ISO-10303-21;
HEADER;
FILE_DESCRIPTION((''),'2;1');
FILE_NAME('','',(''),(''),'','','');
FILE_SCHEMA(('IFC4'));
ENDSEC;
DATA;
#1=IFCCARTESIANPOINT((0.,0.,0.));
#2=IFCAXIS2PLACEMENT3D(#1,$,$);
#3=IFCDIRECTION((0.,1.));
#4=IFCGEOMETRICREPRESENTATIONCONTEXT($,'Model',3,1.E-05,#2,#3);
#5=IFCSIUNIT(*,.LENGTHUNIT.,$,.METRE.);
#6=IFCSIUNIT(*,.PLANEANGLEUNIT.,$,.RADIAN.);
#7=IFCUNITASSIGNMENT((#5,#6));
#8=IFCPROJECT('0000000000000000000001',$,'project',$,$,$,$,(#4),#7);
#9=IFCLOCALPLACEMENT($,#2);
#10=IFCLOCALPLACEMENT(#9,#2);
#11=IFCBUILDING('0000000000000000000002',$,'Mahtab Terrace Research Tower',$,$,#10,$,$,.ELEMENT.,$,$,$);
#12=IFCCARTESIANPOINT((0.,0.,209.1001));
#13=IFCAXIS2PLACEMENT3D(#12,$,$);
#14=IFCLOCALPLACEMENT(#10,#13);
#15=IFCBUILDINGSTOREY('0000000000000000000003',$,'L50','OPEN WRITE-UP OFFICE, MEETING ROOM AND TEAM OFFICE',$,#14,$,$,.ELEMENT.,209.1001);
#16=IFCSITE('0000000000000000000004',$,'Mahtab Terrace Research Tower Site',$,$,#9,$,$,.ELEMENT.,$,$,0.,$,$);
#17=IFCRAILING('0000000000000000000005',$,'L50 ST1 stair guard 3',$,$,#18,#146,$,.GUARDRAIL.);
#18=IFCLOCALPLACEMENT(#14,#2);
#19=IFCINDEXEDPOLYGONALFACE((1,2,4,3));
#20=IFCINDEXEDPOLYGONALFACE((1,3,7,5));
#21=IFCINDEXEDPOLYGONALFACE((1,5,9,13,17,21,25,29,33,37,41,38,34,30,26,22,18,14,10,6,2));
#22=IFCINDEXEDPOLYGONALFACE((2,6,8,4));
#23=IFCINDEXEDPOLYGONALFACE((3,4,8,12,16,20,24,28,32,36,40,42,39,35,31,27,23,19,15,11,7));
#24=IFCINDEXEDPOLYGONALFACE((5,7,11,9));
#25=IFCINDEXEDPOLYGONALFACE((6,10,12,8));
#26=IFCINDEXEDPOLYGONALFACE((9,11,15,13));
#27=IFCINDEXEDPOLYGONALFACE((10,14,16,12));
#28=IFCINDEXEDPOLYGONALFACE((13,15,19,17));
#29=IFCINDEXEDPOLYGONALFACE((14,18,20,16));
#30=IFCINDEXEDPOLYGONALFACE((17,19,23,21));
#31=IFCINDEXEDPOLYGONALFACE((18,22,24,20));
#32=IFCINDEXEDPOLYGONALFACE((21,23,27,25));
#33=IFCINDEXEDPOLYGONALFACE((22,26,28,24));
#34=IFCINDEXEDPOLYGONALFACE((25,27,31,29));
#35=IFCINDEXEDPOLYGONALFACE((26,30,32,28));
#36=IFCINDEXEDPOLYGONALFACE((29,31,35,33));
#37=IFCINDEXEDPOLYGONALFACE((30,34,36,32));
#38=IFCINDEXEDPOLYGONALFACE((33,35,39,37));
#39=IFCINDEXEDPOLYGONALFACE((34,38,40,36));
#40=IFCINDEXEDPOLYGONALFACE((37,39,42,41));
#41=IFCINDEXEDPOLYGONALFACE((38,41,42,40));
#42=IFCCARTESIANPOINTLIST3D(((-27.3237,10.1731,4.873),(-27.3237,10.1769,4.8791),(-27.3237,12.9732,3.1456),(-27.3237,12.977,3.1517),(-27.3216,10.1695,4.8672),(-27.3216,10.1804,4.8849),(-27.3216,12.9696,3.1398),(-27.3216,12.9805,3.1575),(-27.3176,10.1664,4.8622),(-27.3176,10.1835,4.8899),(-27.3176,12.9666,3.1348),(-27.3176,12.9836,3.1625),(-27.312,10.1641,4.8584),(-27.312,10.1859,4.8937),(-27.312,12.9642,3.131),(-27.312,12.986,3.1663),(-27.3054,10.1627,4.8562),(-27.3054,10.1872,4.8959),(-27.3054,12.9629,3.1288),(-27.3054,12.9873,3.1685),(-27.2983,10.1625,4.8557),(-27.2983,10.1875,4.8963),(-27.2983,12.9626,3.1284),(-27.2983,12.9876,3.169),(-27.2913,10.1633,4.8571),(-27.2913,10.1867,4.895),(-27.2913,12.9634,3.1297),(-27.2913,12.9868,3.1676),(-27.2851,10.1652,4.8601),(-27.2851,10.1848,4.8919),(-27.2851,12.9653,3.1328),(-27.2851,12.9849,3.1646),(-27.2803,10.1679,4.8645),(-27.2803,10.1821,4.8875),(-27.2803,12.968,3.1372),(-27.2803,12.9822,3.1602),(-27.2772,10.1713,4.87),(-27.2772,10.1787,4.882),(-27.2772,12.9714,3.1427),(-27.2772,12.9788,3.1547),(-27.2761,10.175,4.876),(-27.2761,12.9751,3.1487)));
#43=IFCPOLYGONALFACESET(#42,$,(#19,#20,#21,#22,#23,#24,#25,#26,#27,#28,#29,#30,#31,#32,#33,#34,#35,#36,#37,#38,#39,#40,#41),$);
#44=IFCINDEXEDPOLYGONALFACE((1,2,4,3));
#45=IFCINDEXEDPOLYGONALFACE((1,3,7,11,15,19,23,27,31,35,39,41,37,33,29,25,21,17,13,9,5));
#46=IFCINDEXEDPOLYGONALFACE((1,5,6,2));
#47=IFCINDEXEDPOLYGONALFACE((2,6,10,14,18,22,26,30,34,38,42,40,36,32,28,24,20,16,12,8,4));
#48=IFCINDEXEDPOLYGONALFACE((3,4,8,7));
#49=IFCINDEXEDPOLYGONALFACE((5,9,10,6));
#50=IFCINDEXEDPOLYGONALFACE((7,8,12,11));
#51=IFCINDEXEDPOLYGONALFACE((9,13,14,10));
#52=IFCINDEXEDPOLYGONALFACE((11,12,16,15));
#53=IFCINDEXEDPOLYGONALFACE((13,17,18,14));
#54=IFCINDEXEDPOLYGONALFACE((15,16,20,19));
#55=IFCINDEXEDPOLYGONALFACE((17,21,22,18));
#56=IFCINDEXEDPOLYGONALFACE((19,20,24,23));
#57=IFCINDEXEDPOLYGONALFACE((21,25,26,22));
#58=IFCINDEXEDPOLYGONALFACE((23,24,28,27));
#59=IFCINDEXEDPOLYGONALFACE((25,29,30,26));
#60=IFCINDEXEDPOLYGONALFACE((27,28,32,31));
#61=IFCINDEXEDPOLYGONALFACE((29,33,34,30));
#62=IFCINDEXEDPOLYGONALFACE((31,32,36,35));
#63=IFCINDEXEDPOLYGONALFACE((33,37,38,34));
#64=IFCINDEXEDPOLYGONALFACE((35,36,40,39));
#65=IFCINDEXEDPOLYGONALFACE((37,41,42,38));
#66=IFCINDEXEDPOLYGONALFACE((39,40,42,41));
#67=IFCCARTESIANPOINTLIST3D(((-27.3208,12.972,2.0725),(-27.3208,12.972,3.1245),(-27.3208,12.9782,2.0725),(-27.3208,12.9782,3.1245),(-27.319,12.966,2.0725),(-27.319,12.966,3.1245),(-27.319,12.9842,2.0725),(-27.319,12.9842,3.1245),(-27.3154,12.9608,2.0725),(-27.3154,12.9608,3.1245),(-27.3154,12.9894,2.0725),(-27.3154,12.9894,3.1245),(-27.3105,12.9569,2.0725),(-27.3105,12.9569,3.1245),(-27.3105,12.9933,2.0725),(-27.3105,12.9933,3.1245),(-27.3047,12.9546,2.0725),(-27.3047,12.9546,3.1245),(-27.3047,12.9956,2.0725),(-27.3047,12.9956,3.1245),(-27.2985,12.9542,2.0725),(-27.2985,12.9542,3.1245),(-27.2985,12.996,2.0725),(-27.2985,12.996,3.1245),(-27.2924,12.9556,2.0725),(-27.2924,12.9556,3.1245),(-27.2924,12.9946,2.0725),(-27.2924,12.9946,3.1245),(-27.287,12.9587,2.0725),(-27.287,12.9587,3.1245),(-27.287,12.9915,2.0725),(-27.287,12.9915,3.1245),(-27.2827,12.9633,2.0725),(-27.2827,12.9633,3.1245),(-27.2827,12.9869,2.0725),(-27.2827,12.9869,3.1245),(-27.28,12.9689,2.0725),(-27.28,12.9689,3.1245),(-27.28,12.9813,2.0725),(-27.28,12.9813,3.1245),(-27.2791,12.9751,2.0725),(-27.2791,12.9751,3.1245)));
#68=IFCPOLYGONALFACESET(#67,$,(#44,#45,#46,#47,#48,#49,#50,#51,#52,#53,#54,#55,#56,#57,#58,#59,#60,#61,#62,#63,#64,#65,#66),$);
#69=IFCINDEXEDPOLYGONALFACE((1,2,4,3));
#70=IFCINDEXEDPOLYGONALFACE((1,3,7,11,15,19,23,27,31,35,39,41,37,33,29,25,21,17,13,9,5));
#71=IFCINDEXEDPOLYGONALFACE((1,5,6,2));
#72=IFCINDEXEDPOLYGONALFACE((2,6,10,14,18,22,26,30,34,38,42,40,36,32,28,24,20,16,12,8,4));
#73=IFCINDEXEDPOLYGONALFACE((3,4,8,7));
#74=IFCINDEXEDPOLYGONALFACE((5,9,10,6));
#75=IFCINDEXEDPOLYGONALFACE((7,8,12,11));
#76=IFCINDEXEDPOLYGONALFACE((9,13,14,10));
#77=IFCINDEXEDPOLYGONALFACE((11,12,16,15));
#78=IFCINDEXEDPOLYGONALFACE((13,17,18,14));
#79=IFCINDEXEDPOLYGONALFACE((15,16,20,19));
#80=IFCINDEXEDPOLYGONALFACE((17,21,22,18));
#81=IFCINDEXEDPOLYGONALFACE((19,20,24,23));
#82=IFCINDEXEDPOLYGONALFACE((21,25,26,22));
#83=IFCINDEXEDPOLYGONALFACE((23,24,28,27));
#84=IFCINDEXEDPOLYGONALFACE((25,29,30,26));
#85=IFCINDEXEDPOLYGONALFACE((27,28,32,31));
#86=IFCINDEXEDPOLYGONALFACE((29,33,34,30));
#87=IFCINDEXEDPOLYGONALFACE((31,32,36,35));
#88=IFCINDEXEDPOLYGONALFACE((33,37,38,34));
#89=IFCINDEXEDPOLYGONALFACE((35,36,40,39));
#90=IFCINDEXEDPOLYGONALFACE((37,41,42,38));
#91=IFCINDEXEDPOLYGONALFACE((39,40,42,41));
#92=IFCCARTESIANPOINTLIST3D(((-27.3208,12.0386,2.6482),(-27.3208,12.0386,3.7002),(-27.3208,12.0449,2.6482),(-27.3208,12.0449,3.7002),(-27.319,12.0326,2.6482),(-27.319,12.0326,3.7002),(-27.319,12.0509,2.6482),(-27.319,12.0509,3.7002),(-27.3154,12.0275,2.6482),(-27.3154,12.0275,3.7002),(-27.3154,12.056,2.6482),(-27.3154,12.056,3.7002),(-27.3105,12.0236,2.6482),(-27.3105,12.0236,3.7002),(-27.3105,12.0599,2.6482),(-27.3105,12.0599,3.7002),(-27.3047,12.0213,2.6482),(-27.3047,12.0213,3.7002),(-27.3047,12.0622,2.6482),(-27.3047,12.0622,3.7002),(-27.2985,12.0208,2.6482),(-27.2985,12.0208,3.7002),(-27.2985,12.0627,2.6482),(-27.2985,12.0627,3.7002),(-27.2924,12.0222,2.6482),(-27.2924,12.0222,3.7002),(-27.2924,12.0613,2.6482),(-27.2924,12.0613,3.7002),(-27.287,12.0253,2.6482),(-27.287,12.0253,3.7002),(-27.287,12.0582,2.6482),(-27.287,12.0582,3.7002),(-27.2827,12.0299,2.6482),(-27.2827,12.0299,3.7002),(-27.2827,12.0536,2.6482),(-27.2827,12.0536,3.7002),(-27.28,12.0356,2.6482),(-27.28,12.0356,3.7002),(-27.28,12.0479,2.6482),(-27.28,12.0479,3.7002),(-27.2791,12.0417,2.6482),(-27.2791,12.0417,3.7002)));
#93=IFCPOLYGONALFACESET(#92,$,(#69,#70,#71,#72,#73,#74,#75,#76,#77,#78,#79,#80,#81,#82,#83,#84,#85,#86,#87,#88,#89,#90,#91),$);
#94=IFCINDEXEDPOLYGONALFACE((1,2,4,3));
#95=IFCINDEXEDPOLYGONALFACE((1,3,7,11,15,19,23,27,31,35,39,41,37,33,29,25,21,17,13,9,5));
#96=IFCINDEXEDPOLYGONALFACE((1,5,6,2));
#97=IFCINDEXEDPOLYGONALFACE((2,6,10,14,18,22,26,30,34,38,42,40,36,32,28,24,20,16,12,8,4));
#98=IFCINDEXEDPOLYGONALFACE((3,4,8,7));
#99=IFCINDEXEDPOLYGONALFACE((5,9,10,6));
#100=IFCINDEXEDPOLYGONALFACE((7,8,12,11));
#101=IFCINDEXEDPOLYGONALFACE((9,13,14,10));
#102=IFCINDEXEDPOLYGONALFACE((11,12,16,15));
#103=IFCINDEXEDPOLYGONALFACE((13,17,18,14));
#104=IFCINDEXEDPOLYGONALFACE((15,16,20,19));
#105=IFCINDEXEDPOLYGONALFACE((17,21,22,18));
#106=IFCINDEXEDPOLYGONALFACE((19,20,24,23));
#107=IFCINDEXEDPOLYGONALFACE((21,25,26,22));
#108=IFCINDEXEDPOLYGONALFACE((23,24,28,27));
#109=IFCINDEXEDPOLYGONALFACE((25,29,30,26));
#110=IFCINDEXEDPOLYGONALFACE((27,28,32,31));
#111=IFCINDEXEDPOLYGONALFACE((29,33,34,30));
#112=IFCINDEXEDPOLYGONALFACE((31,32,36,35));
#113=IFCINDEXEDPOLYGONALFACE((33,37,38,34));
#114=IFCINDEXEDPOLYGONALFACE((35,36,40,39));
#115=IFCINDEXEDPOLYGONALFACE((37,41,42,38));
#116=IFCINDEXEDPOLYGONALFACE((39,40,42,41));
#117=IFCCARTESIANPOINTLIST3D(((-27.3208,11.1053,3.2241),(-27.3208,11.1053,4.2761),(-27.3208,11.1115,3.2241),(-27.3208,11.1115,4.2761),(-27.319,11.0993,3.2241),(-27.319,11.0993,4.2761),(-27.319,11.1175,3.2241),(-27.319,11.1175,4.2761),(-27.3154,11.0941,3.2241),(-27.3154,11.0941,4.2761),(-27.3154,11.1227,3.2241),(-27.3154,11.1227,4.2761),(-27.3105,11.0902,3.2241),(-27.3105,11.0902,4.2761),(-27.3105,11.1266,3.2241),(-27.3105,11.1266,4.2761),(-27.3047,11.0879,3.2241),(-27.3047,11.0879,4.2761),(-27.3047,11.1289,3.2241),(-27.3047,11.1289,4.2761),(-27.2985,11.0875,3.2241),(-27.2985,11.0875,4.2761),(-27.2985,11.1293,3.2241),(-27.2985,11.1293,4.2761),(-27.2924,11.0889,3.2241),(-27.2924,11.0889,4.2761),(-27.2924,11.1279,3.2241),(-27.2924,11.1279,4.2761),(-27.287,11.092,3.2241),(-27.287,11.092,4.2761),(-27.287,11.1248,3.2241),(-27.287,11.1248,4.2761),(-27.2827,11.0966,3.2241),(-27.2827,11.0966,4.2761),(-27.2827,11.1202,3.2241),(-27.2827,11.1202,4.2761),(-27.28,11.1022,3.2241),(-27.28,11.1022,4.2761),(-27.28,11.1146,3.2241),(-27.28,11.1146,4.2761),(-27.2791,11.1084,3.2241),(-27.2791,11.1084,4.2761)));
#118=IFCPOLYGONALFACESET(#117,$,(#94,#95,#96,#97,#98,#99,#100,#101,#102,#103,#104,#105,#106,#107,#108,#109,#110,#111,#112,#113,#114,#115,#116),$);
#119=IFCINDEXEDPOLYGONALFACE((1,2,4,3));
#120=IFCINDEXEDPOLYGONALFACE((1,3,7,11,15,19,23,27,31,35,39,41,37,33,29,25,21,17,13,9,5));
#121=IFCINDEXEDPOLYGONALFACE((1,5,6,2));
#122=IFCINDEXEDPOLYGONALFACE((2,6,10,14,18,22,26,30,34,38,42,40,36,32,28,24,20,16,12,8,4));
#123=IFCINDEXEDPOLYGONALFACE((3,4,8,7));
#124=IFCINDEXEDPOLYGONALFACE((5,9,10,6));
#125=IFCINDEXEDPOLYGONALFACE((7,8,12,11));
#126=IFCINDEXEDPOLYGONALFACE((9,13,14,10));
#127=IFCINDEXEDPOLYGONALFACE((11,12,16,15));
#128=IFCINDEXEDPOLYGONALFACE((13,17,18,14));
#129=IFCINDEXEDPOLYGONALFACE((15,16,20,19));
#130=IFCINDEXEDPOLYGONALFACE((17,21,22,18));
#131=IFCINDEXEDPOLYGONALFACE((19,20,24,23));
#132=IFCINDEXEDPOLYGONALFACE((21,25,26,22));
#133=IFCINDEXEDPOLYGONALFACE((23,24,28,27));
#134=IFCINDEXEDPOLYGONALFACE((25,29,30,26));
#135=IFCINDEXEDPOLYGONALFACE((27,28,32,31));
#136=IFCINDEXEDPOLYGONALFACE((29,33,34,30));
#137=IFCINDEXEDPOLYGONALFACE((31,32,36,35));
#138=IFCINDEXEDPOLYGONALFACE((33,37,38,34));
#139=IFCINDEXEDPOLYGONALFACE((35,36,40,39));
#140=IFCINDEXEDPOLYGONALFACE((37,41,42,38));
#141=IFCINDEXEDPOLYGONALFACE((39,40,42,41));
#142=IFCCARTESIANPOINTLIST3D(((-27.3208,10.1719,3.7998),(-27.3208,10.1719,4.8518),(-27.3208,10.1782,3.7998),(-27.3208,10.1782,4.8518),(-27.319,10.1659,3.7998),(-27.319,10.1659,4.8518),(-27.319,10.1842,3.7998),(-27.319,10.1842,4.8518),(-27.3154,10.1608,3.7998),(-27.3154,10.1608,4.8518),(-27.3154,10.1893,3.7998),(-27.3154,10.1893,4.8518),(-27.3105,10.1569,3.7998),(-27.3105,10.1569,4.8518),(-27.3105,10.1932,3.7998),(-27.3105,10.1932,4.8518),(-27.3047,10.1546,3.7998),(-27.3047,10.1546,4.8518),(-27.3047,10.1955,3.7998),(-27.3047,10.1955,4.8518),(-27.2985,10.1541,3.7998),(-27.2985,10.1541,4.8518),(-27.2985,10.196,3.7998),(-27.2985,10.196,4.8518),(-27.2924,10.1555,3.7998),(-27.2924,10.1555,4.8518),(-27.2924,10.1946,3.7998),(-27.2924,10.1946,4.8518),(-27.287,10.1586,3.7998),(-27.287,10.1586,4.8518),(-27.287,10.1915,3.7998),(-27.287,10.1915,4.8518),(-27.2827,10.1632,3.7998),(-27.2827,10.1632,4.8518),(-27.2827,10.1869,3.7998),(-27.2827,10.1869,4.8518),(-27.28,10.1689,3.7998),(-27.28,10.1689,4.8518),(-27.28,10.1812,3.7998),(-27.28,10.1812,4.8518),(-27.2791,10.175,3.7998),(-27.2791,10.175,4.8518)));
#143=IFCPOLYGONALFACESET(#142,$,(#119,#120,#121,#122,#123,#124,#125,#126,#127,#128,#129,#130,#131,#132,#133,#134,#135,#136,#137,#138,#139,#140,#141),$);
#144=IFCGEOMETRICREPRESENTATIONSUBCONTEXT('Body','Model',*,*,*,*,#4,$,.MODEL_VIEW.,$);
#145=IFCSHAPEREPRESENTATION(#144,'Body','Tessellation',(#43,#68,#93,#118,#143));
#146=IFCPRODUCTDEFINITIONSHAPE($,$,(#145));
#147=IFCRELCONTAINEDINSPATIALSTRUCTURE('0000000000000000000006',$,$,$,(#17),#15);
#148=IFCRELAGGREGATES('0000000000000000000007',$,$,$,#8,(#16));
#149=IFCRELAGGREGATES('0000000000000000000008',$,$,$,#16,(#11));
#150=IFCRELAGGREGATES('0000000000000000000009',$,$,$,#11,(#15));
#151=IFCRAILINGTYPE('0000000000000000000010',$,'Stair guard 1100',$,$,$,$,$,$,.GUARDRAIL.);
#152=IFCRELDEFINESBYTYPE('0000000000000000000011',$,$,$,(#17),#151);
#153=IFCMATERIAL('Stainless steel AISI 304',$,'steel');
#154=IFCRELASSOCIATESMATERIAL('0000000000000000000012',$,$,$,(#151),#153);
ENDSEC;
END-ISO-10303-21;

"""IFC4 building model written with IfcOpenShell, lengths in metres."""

from ifc_helpers import new_model, si_unit, direction, frame, origin, origin_2d, place, context, subcontext, project, spatial, circle, extrude, material, type_object, element, save


model = new_model("IFC4")

# Units and contexts
model_context = context("Model", 3, precision=1e-05, world=origin(), true_north=direction((0.0, 1.0)))
body_context = subcontext(model_context, "Body", "Model", "MODEL_VIEW")
ifc_project = project(units=[si_unit("LENGTHUNIT", "METRE"), si_unit("PLANEANGLEUNIT", "RADIAN")], contexts=[model_context])

# Site, building, storey
site_placement = place(None, origin())
site = spatial("IfcSite", under=ifc_project, at=site_placement, Name="Mahtab Terrace Research Tower Site", CompositionType="ELEMENT", RefElevation=0.0)
building_placement = place(site_placement, origin())
building = spatial("IfcBuilding", under=site, at=building_placement, Name="Mahtab Terrace Research Tower", CompositionType="ELEMENT")
storey_placement = place(building_placement, frame((0.0, 0.0, 209.1001)))
storey = spatial("IfcBuildingStorey", under=building, at=storey_placement, Name="L50", Description="OPEN WRITE-UP OFFICE, MEETING ROOM AND TEAM OFFICE", CompositionType="ELEMENT", Elevation=209.1001)

# Railing
ifc_material_1 = material(Name="Stainless steel AISI 304", Category="steel")
railing_type_1 = type_object("IfcRailingType", Name="Stair guard 1100", PredefinedType="GUARDRAIL", material=ifc_material_1)
railing_1_placement = place(storey_placement, frame((-27.3, 12.9751, 2.0725)))
element("IfcRailing", 1, at=railing_1_placement, inside=storey, type_object=railing_type_1, Name="L50 ST1 stair guard 3", PredefinedType="GUARDRAIL", context=body_context, shape_type="SweptSolid", body=[
    extrude(circle(Radius=0.0239, at=origin_2d()), frame((0.0, 0.0, 1.0762), z_axis=(0.0, -0.85109, 0.52502), x_axis=(1.0, 0.0, 0.0)), (0.0, 0.0, 1.0), 3.29),
    extrude(circle(Radius=0.021, at=origin_2d()), origin(), (0.0, 0.0, 1.0), 1.052),
    extrude(circle(Radius=0.021, at=origin_2d()), frame((0.0, -0.9333, 0.5757)), (0.0, 0.0, 1.0), 1.052),
    extrude(circle(Radius=0.021, at=origin_2d()), frame((0.0, -1.8667, 1.1516)), (0.0, 0.0, 1.0), 1.052),
    extrude(circle(Radius=0.021, at=origin_2d()), frame((0.0, -2.8, 1.7273)), (0.0, 0.0, 1.0), 1.052),
])

save(model, "model.ifc")
